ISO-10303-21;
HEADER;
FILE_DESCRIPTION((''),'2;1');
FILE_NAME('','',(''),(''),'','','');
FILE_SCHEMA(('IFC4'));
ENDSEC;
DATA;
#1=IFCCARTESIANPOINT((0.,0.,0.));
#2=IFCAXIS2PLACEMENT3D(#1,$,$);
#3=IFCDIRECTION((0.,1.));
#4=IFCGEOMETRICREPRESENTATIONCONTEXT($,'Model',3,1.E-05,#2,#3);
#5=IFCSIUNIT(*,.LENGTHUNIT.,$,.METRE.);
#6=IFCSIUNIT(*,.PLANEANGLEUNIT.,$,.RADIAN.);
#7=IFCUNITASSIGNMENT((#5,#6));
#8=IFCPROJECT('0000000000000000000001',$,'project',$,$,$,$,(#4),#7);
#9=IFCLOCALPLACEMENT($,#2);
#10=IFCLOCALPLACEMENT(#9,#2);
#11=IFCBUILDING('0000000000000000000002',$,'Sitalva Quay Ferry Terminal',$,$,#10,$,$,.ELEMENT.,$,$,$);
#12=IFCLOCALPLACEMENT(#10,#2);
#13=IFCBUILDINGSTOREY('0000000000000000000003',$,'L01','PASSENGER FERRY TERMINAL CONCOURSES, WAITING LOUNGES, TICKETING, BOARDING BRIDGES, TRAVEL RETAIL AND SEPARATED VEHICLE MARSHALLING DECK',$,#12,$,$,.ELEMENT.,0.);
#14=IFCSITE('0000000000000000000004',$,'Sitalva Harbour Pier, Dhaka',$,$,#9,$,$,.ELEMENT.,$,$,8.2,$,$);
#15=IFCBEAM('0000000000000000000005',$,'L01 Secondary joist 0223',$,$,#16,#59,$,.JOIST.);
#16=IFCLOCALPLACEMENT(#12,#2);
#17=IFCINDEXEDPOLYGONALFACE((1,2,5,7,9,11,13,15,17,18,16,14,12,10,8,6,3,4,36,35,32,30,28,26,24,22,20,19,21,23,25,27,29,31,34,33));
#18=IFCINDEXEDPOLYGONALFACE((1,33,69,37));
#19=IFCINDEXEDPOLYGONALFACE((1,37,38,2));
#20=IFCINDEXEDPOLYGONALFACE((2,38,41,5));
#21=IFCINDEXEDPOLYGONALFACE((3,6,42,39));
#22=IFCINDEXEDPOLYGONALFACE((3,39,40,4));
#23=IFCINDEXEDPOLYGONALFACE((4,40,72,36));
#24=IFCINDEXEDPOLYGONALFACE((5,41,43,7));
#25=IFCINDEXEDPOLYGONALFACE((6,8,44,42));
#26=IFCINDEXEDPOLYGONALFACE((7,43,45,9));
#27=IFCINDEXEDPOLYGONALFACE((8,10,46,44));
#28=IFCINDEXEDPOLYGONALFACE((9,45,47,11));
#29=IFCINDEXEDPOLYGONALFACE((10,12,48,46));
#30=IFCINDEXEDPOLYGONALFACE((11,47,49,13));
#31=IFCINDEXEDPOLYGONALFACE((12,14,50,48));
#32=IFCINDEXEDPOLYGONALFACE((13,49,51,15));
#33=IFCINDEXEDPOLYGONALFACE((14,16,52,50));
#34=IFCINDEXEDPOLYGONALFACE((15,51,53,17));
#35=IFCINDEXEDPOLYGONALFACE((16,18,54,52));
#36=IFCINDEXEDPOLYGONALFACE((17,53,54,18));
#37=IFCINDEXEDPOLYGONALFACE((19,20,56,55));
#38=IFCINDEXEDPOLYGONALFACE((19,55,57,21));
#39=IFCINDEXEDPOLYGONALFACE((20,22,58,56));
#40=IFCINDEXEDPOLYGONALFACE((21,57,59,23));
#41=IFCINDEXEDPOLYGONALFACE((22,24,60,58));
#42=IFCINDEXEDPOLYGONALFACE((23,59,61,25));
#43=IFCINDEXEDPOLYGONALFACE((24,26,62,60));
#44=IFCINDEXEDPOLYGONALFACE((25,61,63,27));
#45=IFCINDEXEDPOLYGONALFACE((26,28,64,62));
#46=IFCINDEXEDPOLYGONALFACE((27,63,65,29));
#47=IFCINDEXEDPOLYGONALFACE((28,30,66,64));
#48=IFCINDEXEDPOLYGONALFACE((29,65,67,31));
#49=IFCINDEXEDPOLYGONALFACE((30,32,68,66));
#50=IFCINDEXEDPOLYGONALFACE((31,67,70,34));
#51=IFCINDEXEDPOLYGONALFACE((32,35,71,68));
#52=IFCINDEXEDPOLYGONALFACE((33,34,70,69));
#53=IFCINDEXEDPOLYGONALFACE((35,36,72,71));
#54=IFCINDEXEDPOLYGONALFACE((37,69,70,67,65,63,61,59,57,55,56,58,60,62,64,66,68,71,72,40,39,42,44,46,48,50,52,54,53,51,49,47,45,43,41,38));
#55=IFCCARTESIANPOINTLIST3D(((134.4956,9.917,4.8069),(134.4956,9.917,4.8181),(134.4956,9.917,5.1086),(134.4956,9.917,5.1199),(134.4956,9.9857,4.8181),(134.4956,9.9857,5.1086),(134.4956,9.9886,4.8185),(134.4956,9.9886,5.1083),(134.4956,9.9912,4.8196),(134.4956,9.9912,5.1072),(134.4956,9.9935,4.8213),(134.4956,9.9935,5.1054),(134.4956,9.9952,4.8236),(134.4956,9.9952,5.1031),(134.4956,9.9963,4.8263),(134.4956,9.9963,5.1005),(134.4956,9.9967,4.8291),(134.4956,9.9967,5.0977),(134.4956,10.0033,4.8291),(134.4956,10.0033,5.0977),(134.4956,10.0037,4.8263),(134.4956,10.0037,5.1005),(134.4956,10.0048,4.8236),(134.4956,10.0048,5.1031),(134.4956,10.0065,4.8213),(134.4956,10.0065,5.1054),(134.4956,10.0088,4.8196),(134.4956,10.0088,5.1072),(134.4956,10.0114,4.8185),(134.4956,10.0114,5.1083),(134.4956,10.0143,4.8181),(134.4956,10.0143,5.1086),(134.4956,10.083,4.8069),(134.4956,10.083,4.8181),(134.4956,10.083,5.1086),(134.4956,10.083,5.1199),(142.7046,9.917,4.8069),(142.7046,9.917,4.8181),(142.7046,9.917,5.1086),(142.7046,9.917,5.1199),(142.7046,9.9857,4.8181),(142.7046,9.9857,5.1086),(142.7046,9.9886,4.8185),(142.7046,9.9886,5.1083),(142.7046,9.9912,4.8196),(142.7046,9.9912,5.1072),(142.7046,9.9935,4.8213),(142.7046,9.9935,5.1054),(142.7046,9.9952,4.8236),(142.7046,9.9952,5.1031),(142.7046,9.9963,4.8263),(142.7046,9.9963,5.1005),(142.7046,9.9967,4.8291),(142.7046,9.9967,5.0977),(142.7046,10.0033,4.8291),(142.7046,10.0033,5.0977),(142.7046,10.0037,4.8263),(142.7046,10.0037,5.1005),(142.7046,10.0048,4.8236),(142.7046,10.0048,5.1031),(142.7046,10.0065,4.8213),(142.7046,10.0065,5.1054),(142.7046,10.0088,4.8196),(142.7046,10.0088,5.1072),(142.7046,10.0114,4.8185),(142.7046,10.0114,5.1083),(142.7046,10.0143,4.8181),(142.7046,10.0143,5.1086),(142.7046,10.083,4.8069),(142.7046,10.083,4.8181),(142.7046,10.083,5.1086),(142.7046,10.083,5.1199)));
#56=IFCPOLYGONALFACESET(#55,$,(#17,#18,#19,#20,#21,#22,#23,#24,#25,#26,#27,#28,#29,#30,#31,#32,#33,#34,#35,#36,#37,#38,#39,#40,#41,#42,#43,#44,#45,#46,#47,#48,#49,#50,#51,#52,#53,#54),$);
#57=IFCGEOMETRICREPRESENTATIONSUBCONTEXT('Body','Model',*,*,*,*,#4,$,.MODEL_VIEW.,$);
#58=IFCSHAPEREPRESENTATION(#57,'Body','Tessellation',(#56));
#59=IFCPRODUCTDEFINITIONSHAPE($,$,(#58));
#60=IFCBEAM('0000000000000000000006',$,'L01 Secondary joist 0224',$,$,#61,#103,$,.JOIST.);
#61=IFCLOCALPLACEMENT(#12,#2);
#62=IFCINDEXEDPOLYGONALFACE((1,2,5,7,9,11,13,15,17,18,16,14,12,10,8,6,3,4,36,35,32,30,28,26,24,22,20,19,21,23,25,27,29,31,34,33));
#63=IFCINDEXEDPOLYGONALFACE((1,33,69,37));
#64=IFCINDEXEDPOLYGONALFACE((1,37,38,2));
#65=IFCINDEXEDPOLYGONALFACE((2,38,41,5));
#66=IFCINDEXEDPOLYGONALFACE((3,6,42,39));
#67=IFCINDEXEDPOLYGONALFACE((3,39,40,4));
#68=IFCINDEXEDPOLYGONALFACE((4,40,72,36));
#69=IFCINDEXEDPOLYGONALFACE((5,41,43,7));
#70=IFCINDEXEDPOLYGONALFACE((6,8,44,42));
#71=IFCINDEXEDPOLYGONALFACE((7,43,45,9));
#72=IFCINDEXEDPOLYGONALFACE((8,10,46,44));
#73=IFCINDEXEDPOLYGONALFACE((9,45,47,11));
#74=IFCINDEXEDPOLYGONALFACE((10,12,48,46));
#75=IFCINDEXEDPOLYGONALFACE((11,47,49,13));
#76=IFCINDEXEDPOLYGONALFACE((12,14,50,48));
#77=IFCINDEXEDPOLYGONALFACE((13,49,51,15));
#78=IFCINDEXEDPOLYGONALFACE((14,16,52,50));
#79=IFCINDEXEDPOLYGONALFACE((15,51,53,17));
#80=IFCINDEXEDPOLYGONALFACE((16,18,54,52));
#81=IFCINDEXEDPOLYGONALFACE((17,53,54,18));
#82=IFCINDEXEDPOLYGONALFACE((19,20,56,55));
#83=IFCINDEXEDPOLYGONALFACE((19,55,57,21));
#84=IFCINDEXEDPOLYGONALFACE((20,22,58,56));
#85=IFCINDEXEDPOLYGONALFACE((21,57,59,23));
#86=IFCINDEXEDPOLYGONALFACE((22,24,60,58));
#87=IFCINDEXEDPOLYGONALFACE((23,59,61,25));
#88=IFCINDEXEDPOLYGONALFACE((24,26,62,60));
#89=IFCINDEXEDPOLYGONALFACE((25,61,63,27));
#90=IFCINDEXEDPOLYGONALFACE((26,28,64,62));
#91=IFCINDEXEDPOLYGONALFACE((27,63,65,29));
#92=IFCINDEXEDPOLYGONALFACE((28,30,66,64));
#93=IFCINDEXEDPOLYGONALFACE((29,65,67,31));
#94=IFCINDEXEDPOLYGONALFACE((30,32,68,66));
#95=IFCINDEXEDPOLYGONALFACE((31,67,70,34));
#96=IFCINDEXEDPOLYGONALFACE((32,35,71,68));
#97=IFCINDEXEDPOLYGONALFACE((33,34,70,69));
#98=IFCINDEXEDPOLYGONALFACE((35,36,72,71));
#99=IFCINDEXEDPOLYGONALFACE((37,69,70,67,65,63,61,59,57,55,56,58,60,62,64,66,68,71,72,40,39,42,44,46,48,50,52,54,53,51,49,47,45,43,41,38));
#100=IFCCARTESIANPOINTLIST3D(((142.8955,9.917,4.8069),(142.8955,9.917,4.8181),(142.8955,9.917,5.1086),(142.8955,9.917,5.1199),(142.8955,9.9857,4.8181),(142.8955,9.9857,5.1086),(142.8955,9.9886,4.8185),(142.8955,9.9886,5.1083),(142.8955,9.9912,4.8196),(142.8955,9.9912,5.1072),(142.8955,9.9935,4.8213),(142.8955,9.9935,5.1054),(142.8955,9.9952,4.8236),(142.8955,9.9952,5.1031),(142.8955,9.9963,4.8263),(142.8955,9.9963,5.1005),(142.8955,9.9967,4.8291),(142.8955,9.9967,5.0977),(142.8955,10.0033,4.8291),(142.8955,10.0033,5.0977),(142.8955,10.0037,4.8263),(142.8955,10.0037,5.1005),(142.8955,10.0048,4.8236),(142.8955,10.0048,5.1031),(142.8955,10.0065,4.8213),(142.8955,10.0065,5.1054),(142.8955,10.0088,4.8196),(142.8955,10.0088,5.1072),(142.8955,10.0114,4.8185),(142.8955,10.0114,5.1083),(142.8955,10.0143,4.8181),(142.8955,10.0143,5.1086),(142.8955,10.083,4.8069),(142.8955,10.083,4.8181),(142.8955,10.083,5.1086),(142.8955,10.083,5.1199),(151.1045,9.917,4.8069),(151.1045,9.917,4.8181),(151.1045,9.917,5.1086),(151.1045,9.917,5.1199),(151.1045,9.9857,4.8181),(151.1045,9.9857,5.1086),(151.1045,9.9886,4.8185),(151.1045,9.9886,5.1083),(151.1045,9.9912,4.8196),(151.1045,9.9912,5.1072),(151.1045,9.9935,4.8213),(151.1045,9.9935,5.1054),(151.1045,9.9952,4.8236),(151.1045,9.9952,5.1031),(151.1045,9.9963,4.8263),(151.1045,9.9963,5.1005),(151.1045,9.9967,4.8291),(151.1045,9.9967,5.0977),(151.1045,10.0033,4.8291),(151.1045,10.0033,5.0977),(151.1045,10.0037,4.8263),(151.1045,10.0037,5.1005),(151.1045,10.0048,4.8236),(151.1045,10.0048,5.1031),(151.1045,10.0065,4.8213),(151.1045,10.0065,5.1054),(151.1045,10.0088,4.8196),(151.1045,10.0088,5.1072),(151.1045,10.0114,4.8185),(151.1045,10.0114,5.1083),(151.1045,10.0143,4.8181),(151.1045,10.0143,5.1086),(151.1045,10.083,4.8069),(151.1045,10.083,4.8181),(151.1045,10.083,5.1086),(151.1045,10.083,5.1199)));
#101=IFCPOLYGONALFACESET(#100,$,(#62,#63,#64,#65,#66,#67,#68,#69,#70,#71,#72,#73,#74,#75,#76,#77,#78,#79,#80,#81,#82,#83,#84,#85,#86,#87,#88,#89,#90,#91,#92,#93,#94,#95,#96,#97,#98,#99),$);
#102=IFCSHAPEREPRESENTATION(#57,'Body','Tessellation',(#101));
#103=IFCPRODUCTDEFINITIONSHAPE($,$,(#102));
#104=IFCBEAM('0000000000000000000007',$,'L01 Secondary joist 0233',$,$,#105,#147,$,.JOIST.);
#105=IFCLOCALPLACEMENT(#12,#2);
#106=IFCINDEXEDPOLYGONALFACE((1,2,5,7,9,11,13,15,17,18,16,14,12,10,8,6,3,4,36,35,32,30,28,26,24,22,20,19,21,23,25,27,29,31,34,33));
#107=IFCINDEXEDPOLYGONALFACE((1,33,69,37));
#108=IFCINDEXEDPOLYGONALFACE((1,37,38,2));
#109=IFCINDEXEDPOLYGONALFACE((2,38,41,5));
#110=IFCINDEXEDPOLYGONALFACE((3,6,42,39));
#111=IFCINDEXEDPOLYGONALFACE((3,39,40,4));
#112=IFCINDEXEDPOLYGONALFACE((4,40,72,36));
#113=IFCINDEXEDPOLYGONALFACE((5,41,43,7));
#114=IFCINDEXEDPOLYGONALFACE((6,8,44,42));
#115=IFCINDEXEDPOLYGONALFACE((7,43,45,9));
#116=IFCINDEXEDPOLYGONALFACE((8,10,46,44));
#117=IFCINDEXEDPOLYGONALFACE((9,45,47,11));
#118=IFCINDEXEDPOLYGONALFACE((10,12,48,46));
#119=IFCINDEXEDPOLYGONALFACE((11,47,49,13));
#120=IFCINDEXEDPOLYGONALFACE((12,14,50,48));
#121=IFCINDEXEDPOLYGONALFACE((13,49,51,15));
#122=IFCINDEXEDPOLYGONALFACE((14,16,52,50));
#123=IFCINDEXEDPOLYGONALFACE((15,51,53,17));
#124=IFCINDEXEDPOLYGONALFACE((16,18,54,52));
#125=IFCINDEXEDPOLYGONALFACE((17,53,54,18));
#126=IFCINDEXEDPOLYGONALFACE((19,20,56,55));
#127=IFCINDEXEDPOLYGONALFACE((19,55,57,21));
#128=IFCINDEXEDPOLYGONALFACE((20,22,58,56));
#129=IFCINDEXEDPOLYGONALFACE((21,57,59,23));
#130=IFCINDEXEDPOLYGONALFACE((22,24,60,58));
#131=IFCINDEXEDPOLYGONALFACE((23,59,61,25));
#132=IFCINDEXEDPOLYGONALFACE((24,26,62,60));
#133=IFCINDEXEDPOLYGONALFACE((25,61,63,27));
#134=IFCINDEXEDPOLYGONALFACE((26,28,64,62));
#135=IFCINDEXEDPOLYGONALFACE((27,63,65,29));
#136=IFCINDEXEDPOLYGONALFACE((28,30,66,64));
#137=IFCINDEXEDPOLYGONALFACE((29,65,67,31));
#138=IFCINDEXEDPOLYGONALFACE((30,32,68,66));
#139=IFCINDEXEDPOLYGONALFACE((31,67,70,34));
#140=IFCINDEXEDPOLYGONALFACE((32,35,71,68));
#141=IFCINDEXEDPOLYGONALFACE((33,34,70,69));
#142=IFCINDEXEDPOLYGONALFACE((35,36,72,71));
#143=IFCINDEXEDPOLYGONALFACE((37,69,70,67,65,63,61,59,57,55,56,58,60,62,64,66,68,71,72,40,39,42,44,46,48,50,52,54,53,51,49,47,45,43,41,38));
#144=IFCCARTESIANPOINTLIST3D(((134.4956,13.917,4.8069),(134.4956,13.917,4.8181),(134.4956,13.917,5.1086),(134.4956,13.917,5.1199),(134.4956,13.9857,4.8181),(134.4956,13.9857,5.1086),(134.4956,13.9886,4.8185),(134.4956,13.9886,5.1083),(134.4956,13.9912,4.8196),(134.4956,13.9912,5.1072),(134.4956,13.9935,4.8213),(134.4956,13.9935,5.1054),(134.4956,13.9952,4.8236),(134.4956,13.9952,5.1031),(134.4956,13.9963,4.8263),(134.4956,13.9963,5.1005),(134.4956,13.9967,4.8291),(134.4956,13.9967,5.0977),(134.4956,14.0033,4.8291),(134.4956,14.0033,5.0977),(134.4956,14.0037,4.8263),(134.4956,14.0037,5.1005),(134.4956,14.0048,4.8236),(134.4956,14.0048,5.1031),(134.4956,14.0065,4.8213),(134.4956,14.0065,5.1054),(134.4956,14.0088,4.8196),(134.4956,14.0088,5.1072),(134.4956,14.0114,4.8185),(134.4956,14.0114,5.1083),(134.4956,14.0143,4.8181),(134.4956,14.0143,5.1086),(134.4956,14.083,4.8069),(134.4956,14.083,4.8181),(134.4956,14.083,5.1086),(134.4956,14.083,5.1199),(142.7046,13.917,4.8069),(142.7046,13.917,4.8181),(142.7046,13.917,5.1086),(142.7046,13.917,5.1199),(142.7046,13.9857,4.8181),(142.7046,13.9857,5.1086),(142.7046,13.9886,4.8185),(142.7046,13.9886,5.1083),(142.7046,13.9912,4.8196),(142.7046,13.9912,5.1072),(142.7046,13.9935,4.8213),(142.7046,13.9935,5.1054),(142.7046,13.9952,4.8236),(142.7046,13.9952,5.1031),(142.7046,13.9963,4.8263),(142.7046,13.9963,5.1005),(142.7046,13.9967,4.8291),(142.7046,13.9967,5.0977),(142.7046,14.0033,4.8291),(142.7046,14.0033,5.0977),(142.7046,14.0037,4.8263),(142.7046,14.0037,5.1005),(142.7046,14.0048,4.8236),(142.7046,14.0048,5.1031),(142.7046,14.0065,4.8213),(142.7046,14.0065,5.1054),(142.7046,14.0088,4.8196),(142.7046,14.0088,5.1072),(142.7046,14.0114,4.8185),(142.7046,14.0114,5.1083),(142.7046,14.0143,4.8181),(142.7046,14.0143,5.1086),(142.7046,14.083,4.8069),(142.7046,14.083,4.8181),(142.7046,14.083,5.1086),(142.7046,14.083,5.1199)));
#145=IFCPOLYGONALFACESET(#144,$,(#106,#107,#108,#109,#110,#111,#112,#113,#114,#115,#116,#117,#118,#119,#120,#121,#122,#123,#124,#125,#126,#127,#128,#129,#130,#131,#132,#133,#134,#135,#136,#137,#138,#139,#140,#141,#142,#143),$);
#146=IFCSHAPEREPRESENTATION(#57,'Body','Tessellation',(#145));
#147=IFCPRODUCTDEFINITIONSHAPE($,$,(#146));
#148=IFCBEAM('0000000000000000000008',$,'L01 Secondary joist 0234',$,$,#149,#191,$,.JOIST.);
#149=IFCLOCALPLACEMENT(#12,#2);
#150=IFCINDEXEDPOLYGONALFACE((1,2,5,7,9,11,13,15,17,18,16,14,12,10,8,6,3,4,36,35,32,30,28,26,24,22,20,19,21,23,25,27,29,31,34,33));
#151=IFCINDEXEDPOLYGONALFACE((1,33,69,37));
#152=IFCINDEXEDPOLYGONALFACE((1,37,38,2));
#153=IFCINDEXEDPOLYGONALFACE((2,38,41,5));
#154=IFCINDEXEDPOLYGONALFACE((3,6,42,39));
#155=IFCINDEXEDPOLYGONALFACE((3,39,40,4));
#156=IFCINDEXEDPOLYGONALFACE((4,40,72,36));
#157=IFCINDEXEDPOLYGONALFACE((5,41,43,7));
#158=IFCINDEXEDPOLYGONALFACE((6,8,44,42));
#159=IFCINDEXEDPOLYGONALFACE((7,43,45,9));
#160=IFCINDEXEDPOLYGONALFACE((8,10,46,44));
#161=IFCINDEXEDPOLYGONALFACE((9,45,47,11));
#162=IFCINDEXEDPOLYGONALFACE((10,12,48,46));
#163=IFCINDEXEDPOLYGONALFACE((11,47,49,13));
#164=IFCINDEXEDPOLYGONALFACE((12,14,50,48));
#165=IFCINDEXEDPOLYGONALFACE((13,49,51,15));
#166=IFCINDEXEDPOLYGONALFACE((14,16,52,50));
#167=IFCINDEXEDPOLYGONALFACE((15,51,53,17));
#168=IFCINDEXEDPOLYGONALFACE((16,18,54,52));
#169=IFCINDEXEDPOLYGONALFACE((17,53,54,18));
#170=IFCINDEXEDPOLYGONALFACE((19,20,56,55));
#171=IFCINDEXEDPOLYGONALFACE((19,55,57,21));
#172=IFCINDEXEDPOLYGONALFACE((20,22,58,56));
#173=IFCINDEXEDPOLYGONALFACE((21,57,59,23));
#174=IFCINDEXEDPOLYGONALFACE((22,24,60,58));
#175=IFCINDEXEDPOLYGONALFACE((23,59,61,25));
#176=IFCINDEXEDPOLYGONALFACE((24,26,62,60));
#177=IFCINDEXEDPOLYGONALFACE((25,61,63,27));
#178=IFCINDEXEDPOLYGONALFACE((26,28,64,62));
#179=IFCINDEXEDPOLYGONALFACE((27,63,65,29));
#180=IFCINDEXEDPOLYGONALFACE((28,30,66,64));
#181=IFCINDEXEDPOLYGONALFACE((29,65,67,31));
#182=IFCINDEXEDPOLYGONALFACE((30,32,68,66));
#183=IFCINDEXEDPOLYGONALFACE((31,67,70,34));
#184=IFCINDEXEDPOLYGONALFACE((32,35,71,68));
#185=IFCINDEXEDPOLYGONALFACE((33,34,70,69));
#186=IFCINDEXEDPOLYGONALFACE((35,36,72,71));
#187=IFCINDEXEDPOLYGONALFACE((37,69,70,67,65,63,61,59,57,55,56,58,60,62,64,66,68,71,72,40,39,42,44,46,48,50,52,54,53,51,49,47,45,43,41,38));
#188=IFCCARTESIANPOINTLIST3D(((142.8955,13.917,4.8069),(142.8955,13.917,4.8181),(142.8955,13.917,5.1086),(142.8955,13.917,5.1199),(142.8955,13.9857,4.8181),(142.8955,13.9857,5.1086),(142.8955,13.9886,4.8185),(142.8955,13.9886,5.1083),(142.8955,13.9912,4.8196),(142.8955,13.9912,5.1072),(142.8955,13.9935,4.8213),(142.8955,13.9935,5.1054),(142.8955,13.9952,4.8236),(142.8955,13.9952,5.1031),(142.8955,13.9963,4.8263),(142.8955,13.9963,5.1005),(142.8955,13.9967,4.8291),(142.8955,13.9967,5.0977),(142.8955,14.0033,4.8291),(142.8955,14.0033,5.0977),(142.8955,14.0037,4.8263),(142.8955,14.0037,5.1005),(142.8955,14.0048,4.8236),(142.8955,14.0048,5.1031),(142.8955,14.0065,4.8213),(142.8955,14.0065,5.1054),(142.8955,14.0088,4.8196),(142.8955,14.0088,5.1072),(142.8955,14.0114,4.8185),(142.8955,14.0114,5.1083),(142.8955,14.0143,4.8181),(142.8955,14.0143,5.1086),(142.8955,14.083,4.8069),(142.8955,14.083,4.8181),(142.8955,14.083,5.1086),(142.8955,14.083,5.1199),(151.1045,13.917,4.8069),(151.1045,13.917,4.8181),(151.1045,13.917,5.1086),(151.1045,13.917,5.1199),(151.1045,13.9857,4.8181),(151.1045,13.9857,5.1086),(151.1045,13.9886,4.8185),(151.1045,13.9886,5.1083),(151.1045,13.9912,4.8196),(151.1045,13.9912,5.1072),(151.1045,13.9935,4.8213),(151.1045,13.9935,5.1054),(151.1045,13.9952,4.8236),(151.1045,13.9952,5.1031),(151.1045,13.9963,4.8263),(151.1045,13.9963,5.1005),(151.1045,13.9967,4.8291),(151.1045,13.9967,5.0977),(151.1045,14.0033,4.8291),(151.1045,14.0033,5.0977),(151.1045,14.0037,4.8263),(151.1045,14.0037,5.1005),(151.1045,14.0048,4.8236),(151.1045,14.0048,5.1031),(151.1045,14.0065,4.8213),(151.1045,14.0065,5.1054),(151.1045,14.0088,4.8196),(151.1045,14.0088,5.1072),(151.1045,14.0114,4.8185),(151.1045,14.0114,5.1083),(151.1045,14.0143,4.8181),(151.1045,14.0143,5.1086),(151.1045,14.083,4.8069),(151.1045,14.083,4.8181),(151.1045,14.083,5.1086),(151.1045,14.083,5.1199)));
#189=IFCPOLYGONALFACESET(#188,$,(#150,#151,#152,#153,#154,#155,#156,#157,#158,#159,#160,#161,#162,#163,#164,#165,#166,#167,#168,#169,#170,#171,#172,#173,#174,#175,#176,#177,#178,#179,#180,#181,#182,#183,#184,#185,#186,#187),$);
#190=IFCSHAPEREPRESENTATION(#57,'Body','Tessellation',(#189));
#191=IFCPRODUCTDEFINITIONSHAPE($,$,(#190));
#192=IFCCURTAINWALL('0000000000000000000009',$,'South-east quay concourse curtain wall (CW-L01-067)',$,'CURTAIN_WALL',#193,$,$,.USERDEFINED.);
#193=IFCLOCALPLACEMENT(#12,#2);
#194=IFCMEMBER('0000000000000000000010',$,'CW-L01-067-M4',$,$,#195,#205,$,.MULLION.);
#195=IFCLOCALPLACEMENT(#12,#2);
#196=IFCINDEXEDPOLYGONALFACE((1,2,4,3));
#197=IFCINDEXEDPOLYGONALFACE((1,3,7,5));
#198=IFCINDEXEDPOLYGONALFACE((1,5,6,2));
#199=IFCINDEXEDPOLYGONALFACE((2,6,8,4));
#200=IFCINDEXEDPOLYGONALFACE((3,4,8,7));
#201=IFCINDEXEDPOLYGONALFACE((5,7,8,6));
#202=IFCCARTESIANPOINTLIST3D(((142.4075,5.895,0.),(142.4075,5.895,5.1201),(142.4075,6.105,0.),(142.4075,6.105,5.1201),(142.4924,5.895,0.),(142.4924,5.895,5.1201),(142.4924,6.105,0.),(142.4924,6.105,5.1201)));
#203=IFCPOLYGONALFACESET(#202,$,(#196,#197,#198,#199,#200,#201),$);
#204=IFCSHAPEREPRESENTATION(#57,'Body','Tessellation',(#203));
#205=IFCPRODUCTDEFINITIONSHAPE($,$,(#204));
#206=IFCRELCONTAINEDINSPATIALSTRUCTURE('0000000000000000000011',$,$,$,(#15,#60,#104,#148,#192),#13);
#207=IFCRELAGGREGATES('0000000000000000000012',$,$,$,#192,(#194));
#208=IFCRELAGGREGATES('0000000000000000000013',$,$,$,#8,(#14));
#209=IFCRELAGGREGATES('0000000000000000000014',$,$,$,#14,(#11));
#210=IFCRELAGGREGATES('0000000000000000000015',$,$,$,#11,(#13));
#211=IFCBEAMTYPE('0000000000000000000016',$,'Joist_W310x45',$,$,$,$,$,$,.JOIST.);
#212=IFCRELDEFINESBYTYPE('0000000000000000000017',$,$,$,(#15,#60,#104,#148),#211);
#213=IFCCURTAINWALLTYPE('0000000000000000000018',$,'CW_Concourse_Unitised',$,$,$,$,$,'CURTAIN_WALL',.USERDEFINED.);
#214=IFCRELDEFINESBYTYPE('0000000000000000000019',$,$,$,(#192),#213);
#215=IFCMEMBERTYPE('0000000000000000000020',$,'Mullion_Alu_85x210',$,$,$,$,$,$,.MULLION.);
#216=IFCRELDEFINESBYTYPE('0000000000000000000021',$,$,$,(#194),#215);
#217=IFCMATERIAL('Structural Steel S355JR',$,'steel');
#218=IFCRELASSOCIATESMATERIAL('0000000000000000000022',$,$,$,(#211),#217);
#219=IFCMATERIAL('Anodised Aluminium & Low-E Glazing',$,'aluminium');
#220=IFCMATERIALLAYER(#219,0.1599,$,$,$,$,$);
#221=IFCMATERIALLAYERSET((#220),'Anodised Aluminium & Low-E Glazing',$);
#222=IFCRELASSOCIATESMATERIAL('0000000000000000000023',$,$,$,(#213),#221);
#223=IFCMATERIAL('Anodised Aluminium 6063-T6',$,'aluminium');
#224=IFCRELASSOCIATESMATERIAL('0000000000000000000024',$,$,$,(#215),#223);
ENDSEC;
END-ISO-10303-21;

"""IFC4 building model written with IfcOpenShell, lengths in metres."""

from ifc_helpers import new_model, si_unit, direction, frame, origin, origin_2d, place, context, subcontext, project, spatial, rectangle, i_section, extrude, material, layer, layer_set, material_profile, profile_set, type_object, element, aggregate, save


model = new_model("IFC4")

# Units and contexts
model_context = context("Model", 3, precision=1e-05, world=origin(), true_north=direction((0.0, 1.0)))
body_context = subcontext(model_context, "Body", "Model", "MODEL_VIEW")
ifc_project = project(units=[si_unit("LENGTHUNIT", "METRE"), si_unit("PLANEANGLEUNIT", "RADIAN")], contexts=[model_context])

# Site, building, storey
site_placement = place(None, origin())
site = spatial("IfcSite", under=ifc_project, at=site_placement, Name="Sitalva Harbour Pier, Dhaka", CompositionType="ELEMENT", RefElevation=8.2)
building_placement = place(site_placement, origin())
building = spatial("IfcBuilding", under=site, at=building_placement, Name="Sitalva Quay Ferry Terminal", CompositionType="ELEMENT")
storey_placement = place(building_placement, origin())
storey = spatial("IfcBuildingStorey", under=building, at=storey_placement, Name="L01", Description="PASSENGER FERRY TERMINAL CONCOURSES, WAITING LOUNGES, TICKETING, BOARDING BRIDGES, TRAVEL RETAIL AND SEPARATED VEHICLE MARSHALLING DECK", CompositionType="ELEMENT", Elevation=0.0)

# Beams
ifc_material_1 = material(Name="Structural Steel S355JR", Category="steel")
ifc_material_profile_1 = material_profile(ifc_material_1, i_section(OverallWidth=0.166, OverallDepth=0.313, WebThickness=0.0066, FlangeThickness=0.0112, FilletRadius=0.011, at=origin_2d()), Name="W310x45")
ifc_profile_set_1 = profile_set([ifc_material_profile_1], Name="Structural Steel S355JR")
beam_type_1 = type_object("IfcBeamType", Name="Joist_W310x45", PredefinedType="JOIST", material=ifc_profile_set_1)
for number, where, z_axis, x_axis, name in (
    (1, (134.4956, 10.0, 4.9634), (1.0, 0.0, 0.0), (0.0, 1.0, 0.0), "L01 Secondary joist 0223"),
    (2, (142.8955, 10.0, 4.9634), (1.0, 0.0, 0.0), (0.0, 1.0, 0.0), "L01 Secondary joist 0224"),
    (3, (134.4956, 14.0, 4.9634), (1.0, 0.0, 0.0), (0.0, 1.0, 0.0), "L01 Secondary joist 0233"),
    (4, (142.8955, 14.0, 4.9634), (1.0, 0.0, 0.0), (0.0, 1.0, 0.0), "L01 Secondary joist 0234"),
):
    element("IfcBeam", number, at=place(storey_placement, frame(where, z_axis=z_axis, x_axis=x_axis)), inside=storey, type_object=beam_type_1, Name=name, PredefinedType="JOIST", context=body_context, shape_type="SweptSolid", body=[
        extrude(i_section(OverallWidth=0.166, OverallDepth=0.313, WebThickness=0.0066, FlangeThickness=0.0112, FilletRadius=0.011, at=origin_2d()), origin(), (0.0, 0.0, 1.0), 8.209),
    ])

# Curtain wall, member
ifc_material_2 = material(Name="Anodised Aluminium & Low-E Glazing", Category="aluminium")
ifc_layer_1 = layer(ifc_material_2, 0.1599)
ifc_layer_set_1 = layer_set([ifc_layer_1], Name="Anodised Aluminium & Low-E Glazing")
curtain_wall_type = type_object("IfcCurtainWallType", Name="CW_Concourse_Unitised", ElementType="CURTAIN_WALL", PredefinedType="USERDEFINED", material=ifc_layer_set_1)
curtain_wall_placement = place(storey_placement, origin())
curtain_wall = element("IfcCurtainWall", 5, at=curtain_wall_placement, inside=storey, type_object=curtain_wall_type, Name="South-east quay concourse curtain wall (CW-L01-067)", ObjectType="CURTAIN_WALL", PredefinedType="USERDEFINED")
ifc_material_3 = material(Name="Anodised Aluminium 6063-T6", Category="aluminium")
ifc_material_profile_2 = material_profile(ifc_material_3, rectangle(XDim=0.085, YDim=0.21, at=origin_2d()), Name="ALU85x210")
ifc_profile_set_2 = profile_set([ifc_material_profile_2], Name="Anodised Aluminium 6063-T6")
member_type = type_object("IfcMemberType", Name="Mullion_Alu_85x210", PredefinedType="MULLION", material=ifc_profile_set_2)
member_placement = place(storey_placement, frame((142.45, 6.0, 0.0), z_axis=(0.0, 0.0, 1.0), x_axis=(1.0, 0.0, 0.0)))
member = element("IfcMember", 6, at=member_placement, type_object=member_type, Name="CW-L01-067-M4", PredefinedType="MULLION", context=body_context, shape_type="SweptSolid", body=[
    extrude(rectangle(XDim=0.085, YDim=0.21, at=origin_2d()), origin(), (0.0, 0.0, 1.0), 5.1201),
])
aggregate(curtain_wall, [member])

save(model, "model.ifc")
